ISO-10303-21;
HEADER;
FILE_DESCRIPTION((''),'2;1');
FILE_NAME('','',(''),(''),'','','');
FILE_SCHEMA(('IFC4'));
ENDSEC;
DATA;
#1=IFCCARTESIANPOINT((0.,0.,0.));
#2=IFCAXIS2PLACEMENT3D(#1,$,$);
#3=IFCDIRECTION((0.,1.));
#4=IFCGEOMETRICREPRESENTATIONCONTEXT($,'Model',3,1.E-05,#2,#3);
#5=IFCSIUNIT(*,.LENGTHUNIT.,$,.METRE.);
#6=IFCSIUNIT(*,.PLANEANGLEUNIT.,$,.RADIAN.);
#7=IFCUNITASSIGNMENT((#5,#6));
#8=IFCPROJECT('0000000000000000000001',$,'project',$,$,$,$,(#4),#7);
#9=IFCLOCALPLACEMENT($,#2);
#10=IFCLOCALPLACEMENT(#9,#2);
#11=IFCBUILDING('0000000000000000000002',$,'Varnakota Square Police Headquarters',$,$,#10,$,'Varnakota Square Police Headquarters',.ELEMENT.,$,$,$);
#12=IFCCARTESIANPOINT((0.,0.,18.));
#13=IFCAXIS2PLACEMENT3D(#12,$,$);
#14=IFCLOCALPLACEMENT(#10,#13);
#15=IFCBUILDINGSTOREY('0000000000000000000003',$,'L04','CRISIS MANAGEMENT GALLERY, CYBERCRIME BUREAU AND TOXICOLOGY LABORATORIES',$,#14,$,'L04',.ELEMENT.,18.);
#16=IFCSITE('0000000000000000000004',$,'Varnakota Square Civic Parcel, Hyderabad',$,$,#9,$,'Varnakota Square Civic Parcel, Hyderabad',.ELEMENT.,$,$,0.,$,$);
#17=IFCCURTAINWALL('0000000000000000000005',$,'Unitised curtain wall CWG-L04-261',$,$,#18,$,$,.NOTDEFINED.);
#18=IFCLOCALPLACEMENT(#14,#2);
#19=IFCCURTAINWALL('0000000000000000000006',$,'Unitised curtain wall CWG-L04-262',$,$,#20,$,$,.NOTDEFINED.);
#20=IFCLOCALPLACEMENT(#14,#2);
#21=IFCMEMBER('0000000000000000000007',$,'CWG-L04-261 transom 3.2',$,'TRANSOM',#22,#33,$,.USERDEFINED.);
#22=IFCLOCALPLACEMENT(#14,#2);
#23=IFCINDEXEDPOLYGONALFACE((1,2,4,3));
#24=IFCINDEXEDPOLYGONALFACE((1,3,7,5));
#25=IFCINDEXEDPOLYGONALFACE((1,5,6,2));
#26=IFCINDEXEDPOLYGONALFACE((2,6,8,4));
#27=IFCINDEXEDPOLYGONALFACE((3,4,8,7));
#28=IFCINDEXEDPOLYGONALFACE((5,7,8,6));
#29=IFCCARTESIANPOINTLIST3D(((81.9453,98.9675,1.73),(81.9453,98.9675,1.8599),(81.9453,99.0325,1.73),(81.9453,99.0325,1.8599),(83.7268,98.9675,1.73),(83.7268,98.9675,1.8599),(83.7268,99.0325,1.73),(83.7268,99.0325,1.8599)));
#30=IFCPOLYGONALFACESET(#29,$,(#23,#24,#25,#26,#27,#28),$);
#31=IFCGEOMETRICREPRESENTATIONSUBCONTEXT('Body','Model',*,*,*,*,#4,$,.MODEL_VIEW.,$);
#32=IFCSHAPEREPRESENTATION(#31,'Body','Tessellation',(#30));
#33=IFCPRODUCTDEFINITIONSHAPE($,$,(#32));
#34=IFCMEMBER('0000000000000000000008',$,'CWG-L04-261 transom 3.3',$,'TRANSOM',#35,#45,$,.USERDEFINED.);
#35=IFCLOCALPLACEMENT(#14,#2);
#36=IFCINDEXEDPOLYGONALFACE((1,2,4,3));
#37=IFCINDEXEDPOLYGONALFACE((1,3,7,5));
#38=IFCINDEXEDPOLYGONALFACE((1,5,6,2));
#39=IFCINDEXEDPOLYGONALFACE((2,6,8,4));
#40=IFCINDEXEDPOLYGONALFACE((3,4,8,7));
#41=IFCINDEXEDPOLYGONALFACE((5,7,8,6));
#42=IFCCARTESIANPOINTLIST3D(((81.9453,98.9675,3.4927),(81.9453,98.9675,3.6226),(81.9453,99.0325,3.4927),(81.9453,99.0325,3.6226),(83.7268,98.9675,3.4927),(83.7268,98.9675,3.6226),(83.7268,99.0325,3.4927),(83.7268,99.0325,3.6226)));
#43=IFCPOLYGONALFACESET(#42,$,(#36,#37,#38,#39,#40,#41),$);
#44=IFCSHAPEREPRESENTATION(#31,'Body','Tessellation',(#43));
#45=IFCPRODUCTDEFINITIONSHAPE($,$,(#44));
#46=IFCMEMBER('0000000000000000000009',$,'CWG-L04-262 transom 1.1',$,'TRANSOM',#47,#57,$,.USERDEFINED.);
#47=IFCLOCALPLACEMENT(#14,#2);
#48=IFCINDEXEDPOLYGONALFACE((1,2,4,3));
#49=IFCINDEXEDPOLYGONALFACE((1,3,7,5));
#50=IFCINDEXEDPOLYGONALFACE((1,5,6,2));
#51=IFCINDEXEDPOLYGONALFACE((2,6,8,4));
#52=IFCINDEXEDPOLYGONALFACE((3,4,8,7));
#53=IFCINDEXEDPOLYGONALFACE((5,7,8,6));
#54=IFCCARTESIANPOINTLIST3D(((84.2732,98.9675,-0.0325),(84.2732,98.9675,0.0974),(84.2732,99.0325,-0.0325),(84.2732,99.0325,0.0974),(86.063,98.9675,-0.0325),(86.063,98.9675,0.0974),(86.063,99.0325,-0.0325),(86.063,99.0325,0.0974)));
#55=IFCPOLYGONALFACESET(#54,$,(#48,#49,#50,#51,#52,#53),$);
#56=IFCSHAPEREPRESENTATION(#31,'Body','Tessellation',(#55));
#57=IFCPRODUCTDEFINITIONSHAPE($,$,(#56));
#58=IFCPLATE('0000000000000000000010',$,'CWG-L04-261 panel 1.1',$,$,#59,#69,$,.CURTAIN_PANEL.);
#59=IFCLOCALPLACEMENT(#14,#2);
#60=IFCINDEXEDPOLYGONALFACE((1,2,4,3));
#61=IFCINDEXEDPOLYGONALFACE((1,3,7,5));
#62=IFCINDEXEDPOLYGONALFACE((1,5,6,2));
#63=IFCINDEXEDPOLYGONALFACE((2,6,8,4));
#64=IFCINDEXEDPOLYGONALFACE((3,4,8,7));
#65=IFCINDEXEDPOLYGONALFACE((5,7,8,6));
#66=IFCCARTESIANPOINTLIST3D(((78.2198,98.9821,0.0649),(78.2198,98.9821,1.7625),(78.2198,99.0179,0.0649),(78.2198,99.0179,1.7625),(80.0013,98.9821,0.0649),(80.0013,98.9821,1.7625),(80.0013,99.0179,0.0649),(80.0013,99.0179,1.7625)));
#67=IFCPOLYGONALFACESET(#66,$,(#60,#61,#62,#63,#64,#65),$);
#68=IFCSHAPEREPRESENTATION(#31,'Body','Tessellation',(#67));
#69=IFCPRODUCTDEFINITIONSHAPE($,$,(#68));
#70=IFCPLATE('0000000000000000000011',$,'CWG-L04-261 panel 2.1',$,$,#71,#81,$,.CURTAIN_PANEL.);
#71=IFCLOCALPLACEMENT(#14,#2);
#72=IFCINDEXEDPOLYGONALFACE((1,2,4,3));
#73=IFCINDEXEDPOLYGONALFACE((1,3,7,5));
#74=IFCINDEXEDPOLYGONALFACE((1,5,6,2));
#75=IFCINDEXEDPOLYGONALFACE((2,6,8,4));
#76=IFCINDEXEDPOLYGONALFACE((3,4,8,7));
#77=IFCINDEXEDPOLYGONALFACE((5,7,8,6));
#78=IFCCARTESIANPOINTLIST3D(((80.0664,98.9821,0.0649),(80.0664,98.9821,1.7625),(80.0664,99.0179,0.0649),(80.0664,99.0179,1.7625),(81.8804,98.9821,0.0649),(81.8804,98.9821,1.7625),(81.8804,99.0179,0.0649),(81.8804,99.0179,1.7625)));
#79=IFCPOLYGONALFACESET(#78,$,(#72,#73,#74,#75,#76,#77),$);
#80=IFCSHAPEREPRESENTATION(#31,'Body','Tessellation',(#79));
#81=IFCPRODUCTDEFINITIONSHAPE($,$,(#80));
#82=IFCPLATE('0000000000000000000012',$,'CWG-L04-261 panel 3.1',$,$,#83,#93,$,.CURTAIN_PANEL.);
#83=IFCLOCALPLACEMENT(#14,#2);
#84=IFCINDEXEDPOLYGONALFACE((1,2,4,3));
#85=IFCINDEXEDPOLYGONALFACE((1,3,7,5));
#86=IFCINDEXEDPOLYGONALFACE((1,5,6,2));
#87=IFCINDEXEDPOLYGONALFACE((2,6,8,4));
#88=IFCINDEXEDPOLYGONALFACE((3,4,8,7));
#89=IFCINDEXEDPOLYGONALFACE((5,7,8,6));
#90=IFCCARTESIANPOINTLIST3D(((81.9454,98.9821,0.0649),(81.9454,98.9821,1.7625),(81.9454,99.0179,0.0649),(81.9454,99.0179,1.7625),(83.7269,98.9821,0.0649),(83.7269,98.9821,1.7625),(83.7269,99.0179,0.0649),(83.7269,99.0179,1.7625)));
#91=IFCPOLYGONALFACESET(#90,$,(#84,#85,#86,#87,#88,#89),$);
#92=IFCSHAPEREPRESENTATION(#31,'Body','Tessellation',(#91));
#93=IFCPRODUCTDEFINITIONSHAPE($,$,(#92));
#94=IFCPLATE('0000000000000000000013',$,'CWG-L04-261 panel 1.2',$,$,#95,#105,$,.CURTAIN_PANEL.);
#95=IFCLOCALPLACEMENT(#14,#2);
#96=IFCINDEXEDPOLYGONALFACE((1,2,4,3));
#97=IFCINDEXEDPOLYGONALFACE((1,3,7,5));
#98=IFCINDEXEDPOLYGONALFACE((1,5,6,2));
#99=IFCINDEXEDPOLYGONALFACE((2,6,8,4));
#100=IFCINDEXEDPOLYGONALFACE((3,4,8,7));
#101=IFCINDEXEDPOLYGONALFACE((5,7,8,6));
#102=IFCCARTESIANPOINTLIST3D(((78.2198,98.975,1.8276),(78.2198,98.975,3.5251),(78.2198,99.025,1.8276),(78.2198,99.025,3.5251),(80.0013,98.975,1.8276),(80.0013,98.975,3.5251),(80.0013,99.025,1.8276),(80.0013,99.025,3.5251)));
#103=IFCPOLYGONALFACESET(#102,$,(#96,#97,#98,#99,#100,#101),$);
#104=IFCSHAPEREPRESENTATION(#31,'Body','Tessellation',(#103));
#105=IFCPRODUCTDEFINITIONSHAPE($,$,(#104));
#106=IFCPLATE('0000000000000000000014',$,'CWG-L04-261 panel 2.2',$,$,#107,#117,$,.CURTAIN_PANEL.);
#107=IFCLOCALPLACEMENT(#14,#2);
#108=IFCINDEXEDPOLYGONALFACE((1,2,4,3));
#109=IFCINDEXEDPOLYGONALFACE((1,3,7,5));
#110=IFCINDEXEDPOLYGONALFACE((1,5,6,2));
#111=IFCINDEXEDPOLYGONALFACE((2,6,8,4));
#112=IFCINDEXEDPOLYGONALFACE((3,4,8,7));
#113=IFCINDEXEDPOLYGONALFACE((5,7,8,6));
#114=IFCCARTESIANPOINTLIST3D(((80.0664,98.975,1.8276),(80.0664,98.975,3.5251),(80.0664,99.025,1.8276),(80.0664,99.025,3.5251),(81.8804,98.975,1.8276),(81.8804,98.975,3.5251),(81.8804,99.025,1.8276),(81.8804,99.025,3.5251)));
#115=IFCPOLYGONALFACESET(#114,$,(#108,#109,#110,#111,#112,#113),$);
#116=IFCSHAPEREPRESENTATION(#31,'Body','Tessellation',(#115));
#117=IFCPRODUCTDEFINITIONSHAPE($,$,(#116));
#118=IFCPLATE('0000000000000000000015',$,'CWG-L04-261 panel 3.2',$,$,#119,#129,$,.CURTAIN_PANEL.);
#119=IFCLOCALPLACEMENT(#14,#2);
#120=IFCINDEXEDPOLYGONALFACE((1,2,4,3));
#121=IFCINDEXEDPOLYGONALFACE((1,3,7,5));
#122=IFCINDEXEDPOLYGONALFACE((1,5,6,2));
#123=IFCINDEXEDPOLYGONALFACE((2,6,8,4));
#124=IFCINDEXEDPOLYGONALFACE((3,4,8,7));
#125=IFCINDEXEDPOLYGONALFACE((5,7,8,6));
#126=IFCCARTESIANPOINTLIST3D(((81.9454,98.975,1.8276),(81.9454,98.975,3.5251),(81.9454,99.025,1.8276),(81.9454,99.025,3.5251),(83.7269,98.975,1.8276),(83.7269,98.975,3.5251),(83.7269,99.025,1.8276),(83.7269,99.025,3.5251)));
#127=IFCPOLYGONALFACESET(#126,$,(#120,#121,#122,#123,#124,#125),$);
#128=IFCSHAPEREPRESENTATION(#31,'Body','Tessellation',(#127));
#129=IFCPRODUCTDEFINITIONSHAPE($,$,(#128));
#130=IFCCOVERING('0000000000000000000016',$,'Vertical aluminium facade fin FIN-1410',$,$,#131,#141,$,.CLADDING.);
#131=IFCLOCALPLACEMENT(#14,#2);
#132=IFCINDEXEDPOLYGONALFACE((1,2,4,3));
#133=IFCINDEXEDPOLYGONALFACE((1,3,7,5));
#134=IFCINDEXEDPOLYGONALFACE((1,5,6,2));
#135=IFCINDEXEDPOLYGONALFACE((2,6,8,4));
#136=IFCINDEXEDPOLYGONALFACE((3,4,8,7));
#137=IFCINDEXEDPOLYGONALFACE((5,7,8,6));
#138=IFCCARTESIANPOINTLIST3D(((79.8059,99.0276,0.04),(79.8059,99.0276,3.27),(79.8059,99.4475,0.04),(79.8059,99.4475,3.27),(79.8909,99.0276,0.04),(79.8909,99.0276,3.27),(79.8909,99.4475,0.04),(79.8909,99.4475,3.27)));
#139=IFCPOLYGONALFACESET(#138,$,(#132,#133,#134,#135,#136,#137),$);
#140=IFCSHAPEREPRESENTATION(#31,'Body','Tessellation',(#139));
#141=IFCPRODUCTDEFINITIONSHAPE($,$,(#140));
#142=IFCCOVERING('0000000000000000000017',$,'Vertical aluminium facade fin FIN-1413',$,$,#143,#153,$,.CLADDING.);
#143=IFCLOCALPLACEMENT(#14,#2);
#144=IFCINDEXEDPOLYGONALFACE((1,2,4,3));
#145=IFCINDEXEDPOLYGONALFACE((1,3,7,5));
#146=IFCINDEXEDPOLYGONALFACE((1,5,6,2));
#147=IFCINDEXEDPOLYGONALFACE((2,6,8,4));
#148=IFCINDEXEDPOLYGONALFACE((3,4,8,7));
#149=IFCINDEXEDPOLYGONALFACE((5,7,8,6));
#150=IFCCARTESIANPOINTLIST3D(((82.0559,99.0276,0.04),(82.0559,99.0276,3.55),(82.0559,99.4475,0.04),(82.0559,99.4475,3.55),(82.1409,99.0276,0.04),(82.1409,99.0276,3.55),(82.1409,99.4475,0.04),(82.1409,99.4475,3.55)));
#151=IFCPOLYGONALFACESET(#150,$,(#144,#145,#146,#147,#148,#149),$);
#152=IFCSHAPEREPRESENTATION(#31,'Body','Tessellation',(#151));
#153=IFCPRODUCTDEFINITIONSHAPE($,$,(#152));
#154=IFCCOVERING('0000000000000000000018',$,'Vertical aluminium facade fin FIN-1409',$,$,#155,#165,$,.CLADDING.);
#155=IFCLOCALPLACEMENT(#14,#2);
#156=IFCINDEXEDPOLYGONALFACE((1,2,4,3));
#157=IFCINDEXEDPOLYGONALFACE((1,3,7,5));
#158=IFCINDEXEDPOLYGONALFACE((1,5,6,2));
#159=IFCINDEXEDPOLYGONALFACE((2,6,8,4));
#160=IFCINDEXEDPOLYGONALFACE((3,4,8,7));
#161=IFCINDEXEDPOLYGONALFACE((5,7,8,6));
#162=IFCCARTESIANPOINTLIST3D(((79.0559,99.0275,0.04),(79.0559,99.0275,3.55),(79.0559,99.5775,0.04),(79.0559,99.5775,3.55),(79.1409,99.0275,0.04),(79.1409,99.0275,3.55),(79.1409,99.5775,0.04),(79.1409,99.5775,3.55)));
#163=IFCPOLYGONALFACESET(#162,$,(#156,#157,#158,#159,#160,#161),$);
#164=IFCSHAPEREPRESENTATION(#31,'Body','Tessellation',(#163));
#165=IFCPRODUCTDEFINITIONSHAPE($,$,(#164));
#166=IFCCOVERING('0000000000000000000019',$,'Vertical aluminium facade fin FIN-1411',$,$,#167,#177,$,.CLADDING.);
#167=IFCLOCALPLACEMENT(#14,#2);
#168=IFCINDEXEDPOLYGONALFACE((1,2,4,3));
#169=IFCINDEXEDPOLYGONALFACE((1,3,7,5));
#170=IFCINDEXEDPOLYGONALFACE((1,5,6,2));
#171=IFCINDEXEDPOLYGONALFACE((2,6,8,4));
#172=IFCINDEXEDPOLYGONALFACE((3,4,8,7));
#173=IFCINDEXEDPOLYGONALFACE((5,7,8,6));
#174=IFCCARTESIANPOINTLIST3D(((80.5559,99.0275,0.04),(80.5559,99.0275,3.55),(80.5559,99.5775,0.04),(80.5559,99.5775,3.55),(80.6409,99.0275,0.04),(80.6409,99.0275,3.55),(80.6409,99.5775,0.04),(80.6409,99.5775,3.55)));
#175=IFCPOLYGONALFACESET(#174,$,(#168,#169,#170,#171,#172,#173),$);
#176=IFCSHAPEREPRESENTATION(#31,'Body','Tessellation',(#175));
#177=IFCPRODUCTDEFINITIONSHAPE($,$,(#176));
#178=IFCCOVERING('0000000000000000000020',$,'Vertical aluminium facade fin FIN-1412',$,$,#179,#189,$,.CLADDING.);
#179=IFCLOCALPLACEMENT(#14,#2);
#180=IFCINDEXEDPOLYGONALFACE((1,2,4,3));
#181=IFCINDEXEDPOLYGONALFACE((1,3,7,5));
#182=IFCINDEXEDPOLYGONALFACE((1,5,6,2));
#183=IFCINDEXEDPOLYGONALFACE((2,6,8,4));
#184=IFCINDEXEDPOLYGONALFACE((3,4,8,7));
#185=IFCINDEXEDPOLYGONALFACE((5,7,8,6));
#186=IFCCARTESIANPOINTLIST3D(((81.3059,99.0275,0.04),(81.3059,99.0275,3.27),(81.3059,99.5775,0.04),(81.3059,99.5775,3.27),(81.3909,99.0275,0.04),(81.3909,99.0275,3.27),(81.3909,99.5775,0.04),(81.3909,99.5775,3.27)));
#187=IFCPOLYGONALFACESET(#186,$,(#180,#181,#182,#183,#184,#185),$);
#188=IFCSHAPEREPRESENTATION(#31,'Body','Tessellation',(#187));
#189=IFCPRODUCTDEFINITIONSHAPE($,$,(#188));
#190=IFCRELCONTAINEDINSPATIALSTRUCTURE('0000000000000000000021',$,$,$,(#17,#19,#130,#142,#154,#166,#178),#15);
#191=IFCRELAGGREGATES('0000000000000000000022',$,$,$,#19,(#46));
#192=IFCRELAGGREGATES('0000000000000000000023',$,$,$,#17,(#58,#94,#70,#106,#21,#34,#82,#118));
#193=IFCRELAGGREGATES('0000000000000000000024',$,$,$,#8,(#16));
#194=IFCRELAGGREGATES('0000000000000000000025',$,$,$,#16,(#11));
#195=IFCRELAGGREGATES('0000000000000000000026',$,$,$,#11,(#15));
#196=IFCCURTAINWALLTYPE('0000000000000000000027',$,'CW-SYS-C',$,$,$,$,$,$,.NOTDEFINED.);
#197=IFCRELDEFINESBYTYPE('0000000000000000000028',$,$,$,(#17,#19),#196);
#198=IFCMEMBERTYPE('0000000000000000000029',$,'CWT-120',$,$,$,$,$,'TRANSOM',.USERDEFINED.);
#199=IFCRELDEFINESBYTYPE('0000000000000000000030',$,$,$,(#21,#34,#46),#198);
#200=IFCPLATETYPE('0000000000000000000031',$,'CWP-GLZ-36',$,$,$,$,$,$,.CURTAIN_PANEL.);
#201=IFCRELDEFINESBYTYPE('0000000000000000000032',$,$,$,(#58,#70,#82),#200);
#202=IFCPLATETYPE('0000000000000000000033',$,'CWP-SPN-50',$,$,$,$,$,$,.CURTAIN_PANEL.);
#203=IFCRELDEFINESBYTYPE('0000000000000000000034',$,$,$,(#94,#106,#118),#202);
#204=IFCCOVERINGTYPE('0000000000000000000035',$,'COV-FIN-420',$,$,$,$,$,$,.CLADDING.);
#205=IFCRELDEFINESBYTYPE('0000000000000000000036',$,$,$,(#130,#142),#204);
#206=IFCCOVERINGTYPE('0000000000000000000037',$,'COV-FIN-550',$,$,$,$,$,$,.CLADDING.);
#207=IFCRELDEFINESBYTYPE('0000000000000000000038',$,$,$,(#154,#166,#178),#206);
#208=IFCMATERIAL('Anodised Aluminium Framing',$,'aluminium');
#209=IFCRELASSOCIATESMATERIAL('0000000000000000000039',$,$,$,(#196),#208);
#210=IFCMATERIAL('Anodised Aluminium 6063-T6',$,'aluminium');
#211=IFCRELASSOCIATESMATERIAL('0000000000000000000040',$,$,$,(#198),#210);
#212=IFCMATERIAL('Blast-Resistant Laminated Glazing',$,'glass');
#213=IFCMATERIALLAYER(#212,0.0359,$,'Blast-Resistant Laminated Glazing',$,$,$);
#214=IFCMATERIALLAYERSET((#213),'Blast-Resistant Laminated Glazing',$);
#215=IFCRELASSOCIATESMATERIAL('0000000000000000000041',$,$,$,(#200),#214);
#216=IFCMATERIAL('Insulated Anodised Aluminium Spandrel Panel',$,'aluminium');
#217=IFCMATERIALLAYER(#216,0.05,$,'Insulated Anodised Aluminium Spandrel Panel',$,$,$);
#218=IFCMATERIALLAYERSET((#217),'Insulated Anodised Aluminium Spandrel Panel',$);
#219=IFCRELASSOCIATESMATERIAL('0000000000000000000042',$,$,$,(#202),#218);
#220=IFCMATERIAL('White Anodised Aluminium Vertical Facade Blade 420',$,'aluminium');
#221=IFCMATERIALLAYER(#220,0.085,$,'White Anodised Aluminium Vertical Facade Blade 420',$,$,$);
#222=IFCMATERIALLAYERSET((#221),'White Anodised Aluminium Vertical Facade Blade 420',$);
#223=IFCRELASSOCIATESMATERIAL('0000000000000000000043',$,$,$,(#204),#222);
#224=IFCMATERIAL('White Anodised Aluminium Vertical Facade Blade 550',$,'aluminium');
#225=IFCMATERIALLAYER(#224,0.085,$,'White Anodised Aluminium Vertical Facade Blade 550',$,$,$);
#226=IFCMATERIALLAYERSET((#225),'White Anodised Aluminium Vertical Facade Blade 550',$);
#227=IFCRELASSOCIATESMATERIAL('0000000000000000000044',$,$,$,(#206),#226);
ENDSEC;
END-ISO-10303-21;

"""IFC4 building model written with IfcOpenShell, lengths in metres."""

from ifc_helpers import new_model, si_unit, direction, frame, origin, origin_2d, place, context, subcontext, project, spatial, rectangle, extrude, material, layer, layer_set, material_profile, profile_set, type_object, element, aggregate, save


model = new_model("IFC4")

# Units and contexts
model_context = context("Model", 3, precision=1e-05, world=origin(), true_north=direction((0.0, 1.0)))
body_context = subcontext(model_context, "Body", "Model", "MODEL_VIEW")
ifc_project = project(units=[si_unit("LENGTHUNIT", "METRE"), si_unit("PLANEANGLEUNIT", "RADIAN")], contexts=[model_context])

# Site, building, storey
site_placement = place(None, origin())
site = spatial("IfcSite", under=ifc_project, at=site_placement, Name="Varnakota Square Civic Parcel, Hyderabad", LongName="Varnakota Square Civic Parcel, Hyderabad", CompositionType="ELEMENT", RefElevation=0.0)
building_placement = place(site_placement, origin())
building = spatial("IfcBuilding", under=site, at=building_placement, Name="Varnakota Square Police Headquarters", LongName="Varnakota Square Police Headquarters", CompositionType="ELEMENT")
storey_placement = place(building_placement, frame((0.0, 0.0, 18.0)))
storey = spatial("IfcBuildingStorey", under=building, at=storey_placement, Name="L04", Description="CRISIS MANAGEMENT GALLERY, CYBERCRIME BUREAU AND TOXICOLOGY LABORATORIES", LongName="L04", CompositionType="ELEMENT", Elevation=18.0)

# Curtain wall
ifc_material_1 = material(Name="Anodised Aluminium Framing", Category="aluminium")
curtain_wall_type = type_object("IfcCurtainWallType", Name="CW-SYS-C", PredefinedType="NOTDEFINED", material=ifc_material_1)
curtain_wall_1_placement = place(storey_placement, origin())
curtain_wall_1 = element("IfcCurtainWall", 1, at=curtain_wall_1_placement, inside=storey, type_object=curtain_wall_type, Name="Unitised curtain wall CWG-L04-261", PredefinedType="NOTDEFINED")
ifc_material_2 = material(Name="Anodised Aluminium 6063-T6", Category="aluminium")

# Curtain wall
curtain_wall_2_placement = place(storey_placement, origin())
curtain_wall_2 = element("IfcCurtainWall", 2, at=curtain_wall_2_placement, inside=storey, type_object=curtain_wall_type, Name="Unitised curtain wall CWG-L04-262", PredefinedType="NOTDEFINED")

# Members
ifc_material_profile_1 = material_profile(ifc_material_2, rectangle(XDim=0.0649, YDim=0.1299, at=origin_2d()), Name="ALU TRANSOM 65x130")
ifc_profile_set_1 = profile_set([ifc_material_profile_1], Name="Anodised Aluminium 6063-T6")
member_type_1 = type_object("IfcMemberType", Name="CWT-120", ElementType="TRANSOM", PredefinedType="USERDEFINED", material=ifc_profile_set_1)
member_1_placement = place(storey_placement, frame((81.9453, 99.0, 1.7949), z_axis=(1.0, 0.0, 0.0), x_axis=(0.0, 1.0, 0.0)))
member_1 = element("IfcMember", 3, at=member_1_placement, type_object=member_type_1, Name="CWG-L04-261 transom 3.2", ObjectType="TRANSOM", PredefinedType="USERDEFINED", context=body_context, shape_type="SweptSolid", body=[
    extrude(rectangle(XDim=0.0649, YDim=0.1299, at=origin_2d()), origin(), (0.0, 0.0, 1.0), 1.7815),
])
member_2_placement = place(storey_placement, frame((81.9453, 99.0, 3.5576), z_axis=(1.0, 0.0, 0.0), x_axis=(0.0, 1.0, 0.0)))
member_2 = element("IfcMember", 4, at=member_2_placement, type_object=member_type_1, Name="CWG-L04-261 transom 3.3", ObjectType="TRANSOM", PredefinedType="USERDEFINED", context=body_context, shape_type="SweptSolid", body=[
    extrude(rectangle(XDim=0.0649, YDim=0.1299, at=origin_2d()), origin(), (0.0, 0.0, 1.0), 1.7815),
])
member_3_placement = place(storey_placement, frame((84.2732, 99.0, 0.0325), z_axis=(1.0, 0.0, 0.0), x_axis=(0.0, 1.0, 0.0)))
member_3 = element("IfcMember", 5, at=member_3_placement, type_object=member_type_1, Name="CWG-L04-262 transom 1.1", ObjectType="TRANSOM", PredefinedType="USERDEFINED", context=body_context, shape_type="SweptSolid", body=[
    extrude(rectangle(XDim=0.0649, YDim=0.1299, at=origin_2d()), origin(), (0.0, 0.0, 1.0), 1.7898),
])
aggregate(curtain_wall_2, [member_3])

# Plates
ifc_material_3 = material(Name="Blast-Resistant Laminated Glazing", Category="glass")
ifc_layer_1 = layer(ifc_material_3, 0.0359, Name="Blast-Resistant Laminated Glazing")
ifc_layer_set_1 = layer_set([ifc_layer_1], Name="Blast-Resistant Laminated Glazing")
plate_type_1 = type_object("IfcPlateType", Name="CWP-GLZ-36", PredefinedType="CURTAIN_PANEL", material=ifc_layer_set_1)
plate_1_placement = place(storey_placement, frame((79.1106, 99.0, 0.0649), z_axis=(0.0, 0.0, 1.0), x_axis=(1.0, 0.0, 0.0)))
plate_1 = element("IfcPlate", 6, at=plate_1_placement, type_object=plate_type_1, Name="CWG-L04-261 panel 1.1", PredefinedType="CURTAIN_PANEL", context=body_context, shape_type="SweptSolid", body=[
    extrude(rectangle(XDim=1.7815, YDim=0.0359, at=origin_2d()), origin(), (0.0, 0.0, 1.0), 1.6975),
])
plate_2_placement = place(storey_placement, frame((80.9734, 99.0, 0.0649), z_axis=(0.0, 0.0, 1.0), x_axis=(1.0, 0.0, 0.0)))
plate_2 = element("IfcPlate", 7, at=plate_2_placement, type_object=plate_type_1, Name="CWG-L04-261 panel 2.1", PredefinedType="CURTAIN_PANEL", context=body_context, shape_type="SweptSolid", body=[
    extrude(rectangle(XDim=1.814, YDim=0.0359, at=origin_2d()), origin(), (0.0, 0.0, 1.0), 1.6975),
])
plate_3_placement = place(storey_placement, frame((82.8362, 99.0, 0.0649), z_axis=(0.0, 0.0, 1.0), x_axis=(1.0, 0.0, 0.0)))
plate_3 = element("IfcPlate", 8, at=plate_3_placement, type_object=plate_type_1, Name="CWG-L04-261 panel 3.1", PredefinedType="CURTAIN_PANEL", context=body_context, shape_type="SweptSolid", body=[
    extrude(rectangle(XDim=1.7815, YDim=0.0359, at=origin_2d()), origin(), (0.0, 0.0, 1.0), 1.6975),
])
ifc_material_4 = material(Name="Insulated Anodised Aluminium Spandrel Panel", Category="aluminium")
ifc_layer_2 = layer(ifc_material_4, 0.05, Name="Insulated Anodised Aluminium Spandrel Panel")
ifc_layer_set_2 = layer_set([ifc_layer_2], Name="Insulated Anodised Aluminium Spandrel Panel")
plate_type_2 = type_object("IfcPlateType", Name="CWP-SPN-50", PredefinedType="CURTAIN_PANEL", material=ifc_layer_set_2)
plate_4_placement = place(storey_placement, frame((79.1106, 99.0, 1.8276), z_axis=(0.0, 0.0, 1.0), x_axis=(1.0, 0.0, 0.0)))
plate_4 = element("IfcPlate", 9, at=plate_4_placement, type_object=plate_type_2, Name="CWG-L04-261 panel 1.2", PredefinedType="CURTAIN_PANEL", context=body_context, shape_type="SweptSolid", body=[
    extrude(rectangle(XDim=1.7815, YDim=0.05, at=origin_2d()), origin(), (0.0, 0.0, 1.0), 1.6975),
])
plate_5_placement = place(storey_placement, frame((80.9734, 99.0, 1.8276), z_axis=(0.0, 0.0, 1.0), x_axis=(1.0, 0.0, 0.0)))
plate_5 = element("IfcPlate", 10, at=plate_5_placement, type_object=plate_type_2, Name="CWG-L04-261 panel 2.2", PredefinedType="CURTAIN_PANEL", context=body_context, shape_type="SweptSolid", body=[
    extrude(rectangle(XDim=1.814, YDim=0.05, at=origin_2d()), origin(), (0.0, 0.0, 1.0), 1.6975),
])
plate_6_placement = place(storey_placement, frame((82.8362, 99.0, 1.8276), z_axis=(0.0, 0.0, 1.0), x_axis=(1.0, 0.0, 0.0)))
plate_6 = element("IfcPlate", 11, at=plate_6_placement, type_object=plate_type_2, Name="CWG-L04-261 panel 3.2", PredefinedType="CURTAIN_PANEL", context=body_context, shape_type="SweptSolid", body=[
    extrude(rectangle(XDim=1.7815, YDim=0.05, at=origin_2d()), origin(), (0.0, 0.0, 1.0), 1.6975),
])
aggregate(curtain_wall_1, [plate_1, plate_4, plate_2, plate_5, member_1, member_2, plate_3, plate_6])

# Coverings
ifc_material_5 = material(Name="White Anodised Aluminium Vertical Facade Blade 420", Category="aluminium")
ifc_layer_3 = layer(ifc_material_5, 0.085, Name="White Anodised Aluminium Vertical Facade Blade 420")
ifc_layer_set_3 = layer_set([ifc_layer_3], Name="White Anodised Aluminium Vertical Facade Blade 420")
covering_type_1 = type_object("IfcCoveringType", Name="COV-FIN-420", PredefinedType="CLADDING", material=ifc_layer_set_3)
covering_1_placement = place(storey_placement, frame((79.8484, 99.2375, 0.04), z_axis=(0.0, 0.0, 1.0), x_axis=(1.0, 0.0, 0.0)))
element("IfcCovering", 12, at=covering_1_placement, inside=storey, type_object=covering_type_1, Name="Vertical aluminium facade fin FIN-1410", PredefinedType="CLADDING", context=body_context, shape_type="SweptSolid", body=[
    extrude(rectangle(XDim=0.085, YDim=0.4199, at=origin_2d()), origin(), (0.0, 0.0, 1.0), 3.23),
])
covering_2_placement = place(storey_placement, frame((82.0984, 99.2375, 0.04), z_axis=(0.0, 0.0, 1.0), x_axis=(1.0, 0.0, 0.0)))
element("IfcCovering", 13, at=covering_2_placement, inside=storey, type_object=covering_type_1, Name="Vertical aluminium facade fin FIN-1413", PredefinedType="CLADDING", context=body_context, shape_type="SweptSolid", body=[
    extrude(rectangle(XDim=0.085, YDim=0.4199, at=origin_2d()), origin(), (0.0, 0.0, 1.0), 3.51),
])
ifc_material_6 = material(Name="White Anodised Aluminium Vertical Facade Blade 550", Category="aluminium")
ifc_layer_4 = layer(ifc_material_6, 0.085, Name="White Anodised Aluminium Vertical Facade Blade 550")
ifc_layer_set_4 = layer_set([ifc_layer_4], Name="White Anodised Aluminium Vertical Facade Blade 550")
covering_type_2 = type_object("IfcCoveringType", Name="COV-FIN-550", PredefinedType="CLADDING", material=ifc_layer_set_4)
for number, where, z_axis, x_axis, name in (
    (14, (79.0984, 99.3025, 0.04), (0.0, 0.0, 1.0), (1.0, 0.0, 0.0), "Vertical aluminium facade fin FIN-1409"),
    (15, (80.5984, 99.3025, 0.04), (0.0, 0.0, 1.0), (1.0, 0.0, 0.0), "Vertical aluminium facade fin FIN-1411"),
):
    element("IfcCovering", number, at=place(storey_placement, frame(where, z_axis=z_axis, x_axis=x_axis)), inside=storey, type_object=covering_type_2, Name=name, PredefinedType="CLADDING", context=body_context, shape_type="SweptSolid", body=[
        extrude(rectangle(XDim=0.085, YDim=0.55, at=origin_2d()), origin(), (0.0, 0.0, 1.0), 3.51),
    ])
for number, where, z_axis, x_axis, name in (
    (16, (81.3484, 99.3025, 0.04), (0.0, 0.0, 1.0), (1.0, 0.0, 0.0), "Vertical aluminium facade fin FIN-1412"),
):
    element("IfcCovering", number, at=place(storey_placement, frame(where, z_axis=z_axis, x_axis=x_axis)), inside=storey, type_object=covering_type_2, Name=name, PredefinedType="CLADDING", context=body_context, shape_type="SweptSolid", body=[
        extrude(rectangle(XDim=0.085, YDim=0.55, at=origin_2d()), origin(), (0.0, 0.0, 1.0), 3.23),
    ])

save(model, "model.ifc")
